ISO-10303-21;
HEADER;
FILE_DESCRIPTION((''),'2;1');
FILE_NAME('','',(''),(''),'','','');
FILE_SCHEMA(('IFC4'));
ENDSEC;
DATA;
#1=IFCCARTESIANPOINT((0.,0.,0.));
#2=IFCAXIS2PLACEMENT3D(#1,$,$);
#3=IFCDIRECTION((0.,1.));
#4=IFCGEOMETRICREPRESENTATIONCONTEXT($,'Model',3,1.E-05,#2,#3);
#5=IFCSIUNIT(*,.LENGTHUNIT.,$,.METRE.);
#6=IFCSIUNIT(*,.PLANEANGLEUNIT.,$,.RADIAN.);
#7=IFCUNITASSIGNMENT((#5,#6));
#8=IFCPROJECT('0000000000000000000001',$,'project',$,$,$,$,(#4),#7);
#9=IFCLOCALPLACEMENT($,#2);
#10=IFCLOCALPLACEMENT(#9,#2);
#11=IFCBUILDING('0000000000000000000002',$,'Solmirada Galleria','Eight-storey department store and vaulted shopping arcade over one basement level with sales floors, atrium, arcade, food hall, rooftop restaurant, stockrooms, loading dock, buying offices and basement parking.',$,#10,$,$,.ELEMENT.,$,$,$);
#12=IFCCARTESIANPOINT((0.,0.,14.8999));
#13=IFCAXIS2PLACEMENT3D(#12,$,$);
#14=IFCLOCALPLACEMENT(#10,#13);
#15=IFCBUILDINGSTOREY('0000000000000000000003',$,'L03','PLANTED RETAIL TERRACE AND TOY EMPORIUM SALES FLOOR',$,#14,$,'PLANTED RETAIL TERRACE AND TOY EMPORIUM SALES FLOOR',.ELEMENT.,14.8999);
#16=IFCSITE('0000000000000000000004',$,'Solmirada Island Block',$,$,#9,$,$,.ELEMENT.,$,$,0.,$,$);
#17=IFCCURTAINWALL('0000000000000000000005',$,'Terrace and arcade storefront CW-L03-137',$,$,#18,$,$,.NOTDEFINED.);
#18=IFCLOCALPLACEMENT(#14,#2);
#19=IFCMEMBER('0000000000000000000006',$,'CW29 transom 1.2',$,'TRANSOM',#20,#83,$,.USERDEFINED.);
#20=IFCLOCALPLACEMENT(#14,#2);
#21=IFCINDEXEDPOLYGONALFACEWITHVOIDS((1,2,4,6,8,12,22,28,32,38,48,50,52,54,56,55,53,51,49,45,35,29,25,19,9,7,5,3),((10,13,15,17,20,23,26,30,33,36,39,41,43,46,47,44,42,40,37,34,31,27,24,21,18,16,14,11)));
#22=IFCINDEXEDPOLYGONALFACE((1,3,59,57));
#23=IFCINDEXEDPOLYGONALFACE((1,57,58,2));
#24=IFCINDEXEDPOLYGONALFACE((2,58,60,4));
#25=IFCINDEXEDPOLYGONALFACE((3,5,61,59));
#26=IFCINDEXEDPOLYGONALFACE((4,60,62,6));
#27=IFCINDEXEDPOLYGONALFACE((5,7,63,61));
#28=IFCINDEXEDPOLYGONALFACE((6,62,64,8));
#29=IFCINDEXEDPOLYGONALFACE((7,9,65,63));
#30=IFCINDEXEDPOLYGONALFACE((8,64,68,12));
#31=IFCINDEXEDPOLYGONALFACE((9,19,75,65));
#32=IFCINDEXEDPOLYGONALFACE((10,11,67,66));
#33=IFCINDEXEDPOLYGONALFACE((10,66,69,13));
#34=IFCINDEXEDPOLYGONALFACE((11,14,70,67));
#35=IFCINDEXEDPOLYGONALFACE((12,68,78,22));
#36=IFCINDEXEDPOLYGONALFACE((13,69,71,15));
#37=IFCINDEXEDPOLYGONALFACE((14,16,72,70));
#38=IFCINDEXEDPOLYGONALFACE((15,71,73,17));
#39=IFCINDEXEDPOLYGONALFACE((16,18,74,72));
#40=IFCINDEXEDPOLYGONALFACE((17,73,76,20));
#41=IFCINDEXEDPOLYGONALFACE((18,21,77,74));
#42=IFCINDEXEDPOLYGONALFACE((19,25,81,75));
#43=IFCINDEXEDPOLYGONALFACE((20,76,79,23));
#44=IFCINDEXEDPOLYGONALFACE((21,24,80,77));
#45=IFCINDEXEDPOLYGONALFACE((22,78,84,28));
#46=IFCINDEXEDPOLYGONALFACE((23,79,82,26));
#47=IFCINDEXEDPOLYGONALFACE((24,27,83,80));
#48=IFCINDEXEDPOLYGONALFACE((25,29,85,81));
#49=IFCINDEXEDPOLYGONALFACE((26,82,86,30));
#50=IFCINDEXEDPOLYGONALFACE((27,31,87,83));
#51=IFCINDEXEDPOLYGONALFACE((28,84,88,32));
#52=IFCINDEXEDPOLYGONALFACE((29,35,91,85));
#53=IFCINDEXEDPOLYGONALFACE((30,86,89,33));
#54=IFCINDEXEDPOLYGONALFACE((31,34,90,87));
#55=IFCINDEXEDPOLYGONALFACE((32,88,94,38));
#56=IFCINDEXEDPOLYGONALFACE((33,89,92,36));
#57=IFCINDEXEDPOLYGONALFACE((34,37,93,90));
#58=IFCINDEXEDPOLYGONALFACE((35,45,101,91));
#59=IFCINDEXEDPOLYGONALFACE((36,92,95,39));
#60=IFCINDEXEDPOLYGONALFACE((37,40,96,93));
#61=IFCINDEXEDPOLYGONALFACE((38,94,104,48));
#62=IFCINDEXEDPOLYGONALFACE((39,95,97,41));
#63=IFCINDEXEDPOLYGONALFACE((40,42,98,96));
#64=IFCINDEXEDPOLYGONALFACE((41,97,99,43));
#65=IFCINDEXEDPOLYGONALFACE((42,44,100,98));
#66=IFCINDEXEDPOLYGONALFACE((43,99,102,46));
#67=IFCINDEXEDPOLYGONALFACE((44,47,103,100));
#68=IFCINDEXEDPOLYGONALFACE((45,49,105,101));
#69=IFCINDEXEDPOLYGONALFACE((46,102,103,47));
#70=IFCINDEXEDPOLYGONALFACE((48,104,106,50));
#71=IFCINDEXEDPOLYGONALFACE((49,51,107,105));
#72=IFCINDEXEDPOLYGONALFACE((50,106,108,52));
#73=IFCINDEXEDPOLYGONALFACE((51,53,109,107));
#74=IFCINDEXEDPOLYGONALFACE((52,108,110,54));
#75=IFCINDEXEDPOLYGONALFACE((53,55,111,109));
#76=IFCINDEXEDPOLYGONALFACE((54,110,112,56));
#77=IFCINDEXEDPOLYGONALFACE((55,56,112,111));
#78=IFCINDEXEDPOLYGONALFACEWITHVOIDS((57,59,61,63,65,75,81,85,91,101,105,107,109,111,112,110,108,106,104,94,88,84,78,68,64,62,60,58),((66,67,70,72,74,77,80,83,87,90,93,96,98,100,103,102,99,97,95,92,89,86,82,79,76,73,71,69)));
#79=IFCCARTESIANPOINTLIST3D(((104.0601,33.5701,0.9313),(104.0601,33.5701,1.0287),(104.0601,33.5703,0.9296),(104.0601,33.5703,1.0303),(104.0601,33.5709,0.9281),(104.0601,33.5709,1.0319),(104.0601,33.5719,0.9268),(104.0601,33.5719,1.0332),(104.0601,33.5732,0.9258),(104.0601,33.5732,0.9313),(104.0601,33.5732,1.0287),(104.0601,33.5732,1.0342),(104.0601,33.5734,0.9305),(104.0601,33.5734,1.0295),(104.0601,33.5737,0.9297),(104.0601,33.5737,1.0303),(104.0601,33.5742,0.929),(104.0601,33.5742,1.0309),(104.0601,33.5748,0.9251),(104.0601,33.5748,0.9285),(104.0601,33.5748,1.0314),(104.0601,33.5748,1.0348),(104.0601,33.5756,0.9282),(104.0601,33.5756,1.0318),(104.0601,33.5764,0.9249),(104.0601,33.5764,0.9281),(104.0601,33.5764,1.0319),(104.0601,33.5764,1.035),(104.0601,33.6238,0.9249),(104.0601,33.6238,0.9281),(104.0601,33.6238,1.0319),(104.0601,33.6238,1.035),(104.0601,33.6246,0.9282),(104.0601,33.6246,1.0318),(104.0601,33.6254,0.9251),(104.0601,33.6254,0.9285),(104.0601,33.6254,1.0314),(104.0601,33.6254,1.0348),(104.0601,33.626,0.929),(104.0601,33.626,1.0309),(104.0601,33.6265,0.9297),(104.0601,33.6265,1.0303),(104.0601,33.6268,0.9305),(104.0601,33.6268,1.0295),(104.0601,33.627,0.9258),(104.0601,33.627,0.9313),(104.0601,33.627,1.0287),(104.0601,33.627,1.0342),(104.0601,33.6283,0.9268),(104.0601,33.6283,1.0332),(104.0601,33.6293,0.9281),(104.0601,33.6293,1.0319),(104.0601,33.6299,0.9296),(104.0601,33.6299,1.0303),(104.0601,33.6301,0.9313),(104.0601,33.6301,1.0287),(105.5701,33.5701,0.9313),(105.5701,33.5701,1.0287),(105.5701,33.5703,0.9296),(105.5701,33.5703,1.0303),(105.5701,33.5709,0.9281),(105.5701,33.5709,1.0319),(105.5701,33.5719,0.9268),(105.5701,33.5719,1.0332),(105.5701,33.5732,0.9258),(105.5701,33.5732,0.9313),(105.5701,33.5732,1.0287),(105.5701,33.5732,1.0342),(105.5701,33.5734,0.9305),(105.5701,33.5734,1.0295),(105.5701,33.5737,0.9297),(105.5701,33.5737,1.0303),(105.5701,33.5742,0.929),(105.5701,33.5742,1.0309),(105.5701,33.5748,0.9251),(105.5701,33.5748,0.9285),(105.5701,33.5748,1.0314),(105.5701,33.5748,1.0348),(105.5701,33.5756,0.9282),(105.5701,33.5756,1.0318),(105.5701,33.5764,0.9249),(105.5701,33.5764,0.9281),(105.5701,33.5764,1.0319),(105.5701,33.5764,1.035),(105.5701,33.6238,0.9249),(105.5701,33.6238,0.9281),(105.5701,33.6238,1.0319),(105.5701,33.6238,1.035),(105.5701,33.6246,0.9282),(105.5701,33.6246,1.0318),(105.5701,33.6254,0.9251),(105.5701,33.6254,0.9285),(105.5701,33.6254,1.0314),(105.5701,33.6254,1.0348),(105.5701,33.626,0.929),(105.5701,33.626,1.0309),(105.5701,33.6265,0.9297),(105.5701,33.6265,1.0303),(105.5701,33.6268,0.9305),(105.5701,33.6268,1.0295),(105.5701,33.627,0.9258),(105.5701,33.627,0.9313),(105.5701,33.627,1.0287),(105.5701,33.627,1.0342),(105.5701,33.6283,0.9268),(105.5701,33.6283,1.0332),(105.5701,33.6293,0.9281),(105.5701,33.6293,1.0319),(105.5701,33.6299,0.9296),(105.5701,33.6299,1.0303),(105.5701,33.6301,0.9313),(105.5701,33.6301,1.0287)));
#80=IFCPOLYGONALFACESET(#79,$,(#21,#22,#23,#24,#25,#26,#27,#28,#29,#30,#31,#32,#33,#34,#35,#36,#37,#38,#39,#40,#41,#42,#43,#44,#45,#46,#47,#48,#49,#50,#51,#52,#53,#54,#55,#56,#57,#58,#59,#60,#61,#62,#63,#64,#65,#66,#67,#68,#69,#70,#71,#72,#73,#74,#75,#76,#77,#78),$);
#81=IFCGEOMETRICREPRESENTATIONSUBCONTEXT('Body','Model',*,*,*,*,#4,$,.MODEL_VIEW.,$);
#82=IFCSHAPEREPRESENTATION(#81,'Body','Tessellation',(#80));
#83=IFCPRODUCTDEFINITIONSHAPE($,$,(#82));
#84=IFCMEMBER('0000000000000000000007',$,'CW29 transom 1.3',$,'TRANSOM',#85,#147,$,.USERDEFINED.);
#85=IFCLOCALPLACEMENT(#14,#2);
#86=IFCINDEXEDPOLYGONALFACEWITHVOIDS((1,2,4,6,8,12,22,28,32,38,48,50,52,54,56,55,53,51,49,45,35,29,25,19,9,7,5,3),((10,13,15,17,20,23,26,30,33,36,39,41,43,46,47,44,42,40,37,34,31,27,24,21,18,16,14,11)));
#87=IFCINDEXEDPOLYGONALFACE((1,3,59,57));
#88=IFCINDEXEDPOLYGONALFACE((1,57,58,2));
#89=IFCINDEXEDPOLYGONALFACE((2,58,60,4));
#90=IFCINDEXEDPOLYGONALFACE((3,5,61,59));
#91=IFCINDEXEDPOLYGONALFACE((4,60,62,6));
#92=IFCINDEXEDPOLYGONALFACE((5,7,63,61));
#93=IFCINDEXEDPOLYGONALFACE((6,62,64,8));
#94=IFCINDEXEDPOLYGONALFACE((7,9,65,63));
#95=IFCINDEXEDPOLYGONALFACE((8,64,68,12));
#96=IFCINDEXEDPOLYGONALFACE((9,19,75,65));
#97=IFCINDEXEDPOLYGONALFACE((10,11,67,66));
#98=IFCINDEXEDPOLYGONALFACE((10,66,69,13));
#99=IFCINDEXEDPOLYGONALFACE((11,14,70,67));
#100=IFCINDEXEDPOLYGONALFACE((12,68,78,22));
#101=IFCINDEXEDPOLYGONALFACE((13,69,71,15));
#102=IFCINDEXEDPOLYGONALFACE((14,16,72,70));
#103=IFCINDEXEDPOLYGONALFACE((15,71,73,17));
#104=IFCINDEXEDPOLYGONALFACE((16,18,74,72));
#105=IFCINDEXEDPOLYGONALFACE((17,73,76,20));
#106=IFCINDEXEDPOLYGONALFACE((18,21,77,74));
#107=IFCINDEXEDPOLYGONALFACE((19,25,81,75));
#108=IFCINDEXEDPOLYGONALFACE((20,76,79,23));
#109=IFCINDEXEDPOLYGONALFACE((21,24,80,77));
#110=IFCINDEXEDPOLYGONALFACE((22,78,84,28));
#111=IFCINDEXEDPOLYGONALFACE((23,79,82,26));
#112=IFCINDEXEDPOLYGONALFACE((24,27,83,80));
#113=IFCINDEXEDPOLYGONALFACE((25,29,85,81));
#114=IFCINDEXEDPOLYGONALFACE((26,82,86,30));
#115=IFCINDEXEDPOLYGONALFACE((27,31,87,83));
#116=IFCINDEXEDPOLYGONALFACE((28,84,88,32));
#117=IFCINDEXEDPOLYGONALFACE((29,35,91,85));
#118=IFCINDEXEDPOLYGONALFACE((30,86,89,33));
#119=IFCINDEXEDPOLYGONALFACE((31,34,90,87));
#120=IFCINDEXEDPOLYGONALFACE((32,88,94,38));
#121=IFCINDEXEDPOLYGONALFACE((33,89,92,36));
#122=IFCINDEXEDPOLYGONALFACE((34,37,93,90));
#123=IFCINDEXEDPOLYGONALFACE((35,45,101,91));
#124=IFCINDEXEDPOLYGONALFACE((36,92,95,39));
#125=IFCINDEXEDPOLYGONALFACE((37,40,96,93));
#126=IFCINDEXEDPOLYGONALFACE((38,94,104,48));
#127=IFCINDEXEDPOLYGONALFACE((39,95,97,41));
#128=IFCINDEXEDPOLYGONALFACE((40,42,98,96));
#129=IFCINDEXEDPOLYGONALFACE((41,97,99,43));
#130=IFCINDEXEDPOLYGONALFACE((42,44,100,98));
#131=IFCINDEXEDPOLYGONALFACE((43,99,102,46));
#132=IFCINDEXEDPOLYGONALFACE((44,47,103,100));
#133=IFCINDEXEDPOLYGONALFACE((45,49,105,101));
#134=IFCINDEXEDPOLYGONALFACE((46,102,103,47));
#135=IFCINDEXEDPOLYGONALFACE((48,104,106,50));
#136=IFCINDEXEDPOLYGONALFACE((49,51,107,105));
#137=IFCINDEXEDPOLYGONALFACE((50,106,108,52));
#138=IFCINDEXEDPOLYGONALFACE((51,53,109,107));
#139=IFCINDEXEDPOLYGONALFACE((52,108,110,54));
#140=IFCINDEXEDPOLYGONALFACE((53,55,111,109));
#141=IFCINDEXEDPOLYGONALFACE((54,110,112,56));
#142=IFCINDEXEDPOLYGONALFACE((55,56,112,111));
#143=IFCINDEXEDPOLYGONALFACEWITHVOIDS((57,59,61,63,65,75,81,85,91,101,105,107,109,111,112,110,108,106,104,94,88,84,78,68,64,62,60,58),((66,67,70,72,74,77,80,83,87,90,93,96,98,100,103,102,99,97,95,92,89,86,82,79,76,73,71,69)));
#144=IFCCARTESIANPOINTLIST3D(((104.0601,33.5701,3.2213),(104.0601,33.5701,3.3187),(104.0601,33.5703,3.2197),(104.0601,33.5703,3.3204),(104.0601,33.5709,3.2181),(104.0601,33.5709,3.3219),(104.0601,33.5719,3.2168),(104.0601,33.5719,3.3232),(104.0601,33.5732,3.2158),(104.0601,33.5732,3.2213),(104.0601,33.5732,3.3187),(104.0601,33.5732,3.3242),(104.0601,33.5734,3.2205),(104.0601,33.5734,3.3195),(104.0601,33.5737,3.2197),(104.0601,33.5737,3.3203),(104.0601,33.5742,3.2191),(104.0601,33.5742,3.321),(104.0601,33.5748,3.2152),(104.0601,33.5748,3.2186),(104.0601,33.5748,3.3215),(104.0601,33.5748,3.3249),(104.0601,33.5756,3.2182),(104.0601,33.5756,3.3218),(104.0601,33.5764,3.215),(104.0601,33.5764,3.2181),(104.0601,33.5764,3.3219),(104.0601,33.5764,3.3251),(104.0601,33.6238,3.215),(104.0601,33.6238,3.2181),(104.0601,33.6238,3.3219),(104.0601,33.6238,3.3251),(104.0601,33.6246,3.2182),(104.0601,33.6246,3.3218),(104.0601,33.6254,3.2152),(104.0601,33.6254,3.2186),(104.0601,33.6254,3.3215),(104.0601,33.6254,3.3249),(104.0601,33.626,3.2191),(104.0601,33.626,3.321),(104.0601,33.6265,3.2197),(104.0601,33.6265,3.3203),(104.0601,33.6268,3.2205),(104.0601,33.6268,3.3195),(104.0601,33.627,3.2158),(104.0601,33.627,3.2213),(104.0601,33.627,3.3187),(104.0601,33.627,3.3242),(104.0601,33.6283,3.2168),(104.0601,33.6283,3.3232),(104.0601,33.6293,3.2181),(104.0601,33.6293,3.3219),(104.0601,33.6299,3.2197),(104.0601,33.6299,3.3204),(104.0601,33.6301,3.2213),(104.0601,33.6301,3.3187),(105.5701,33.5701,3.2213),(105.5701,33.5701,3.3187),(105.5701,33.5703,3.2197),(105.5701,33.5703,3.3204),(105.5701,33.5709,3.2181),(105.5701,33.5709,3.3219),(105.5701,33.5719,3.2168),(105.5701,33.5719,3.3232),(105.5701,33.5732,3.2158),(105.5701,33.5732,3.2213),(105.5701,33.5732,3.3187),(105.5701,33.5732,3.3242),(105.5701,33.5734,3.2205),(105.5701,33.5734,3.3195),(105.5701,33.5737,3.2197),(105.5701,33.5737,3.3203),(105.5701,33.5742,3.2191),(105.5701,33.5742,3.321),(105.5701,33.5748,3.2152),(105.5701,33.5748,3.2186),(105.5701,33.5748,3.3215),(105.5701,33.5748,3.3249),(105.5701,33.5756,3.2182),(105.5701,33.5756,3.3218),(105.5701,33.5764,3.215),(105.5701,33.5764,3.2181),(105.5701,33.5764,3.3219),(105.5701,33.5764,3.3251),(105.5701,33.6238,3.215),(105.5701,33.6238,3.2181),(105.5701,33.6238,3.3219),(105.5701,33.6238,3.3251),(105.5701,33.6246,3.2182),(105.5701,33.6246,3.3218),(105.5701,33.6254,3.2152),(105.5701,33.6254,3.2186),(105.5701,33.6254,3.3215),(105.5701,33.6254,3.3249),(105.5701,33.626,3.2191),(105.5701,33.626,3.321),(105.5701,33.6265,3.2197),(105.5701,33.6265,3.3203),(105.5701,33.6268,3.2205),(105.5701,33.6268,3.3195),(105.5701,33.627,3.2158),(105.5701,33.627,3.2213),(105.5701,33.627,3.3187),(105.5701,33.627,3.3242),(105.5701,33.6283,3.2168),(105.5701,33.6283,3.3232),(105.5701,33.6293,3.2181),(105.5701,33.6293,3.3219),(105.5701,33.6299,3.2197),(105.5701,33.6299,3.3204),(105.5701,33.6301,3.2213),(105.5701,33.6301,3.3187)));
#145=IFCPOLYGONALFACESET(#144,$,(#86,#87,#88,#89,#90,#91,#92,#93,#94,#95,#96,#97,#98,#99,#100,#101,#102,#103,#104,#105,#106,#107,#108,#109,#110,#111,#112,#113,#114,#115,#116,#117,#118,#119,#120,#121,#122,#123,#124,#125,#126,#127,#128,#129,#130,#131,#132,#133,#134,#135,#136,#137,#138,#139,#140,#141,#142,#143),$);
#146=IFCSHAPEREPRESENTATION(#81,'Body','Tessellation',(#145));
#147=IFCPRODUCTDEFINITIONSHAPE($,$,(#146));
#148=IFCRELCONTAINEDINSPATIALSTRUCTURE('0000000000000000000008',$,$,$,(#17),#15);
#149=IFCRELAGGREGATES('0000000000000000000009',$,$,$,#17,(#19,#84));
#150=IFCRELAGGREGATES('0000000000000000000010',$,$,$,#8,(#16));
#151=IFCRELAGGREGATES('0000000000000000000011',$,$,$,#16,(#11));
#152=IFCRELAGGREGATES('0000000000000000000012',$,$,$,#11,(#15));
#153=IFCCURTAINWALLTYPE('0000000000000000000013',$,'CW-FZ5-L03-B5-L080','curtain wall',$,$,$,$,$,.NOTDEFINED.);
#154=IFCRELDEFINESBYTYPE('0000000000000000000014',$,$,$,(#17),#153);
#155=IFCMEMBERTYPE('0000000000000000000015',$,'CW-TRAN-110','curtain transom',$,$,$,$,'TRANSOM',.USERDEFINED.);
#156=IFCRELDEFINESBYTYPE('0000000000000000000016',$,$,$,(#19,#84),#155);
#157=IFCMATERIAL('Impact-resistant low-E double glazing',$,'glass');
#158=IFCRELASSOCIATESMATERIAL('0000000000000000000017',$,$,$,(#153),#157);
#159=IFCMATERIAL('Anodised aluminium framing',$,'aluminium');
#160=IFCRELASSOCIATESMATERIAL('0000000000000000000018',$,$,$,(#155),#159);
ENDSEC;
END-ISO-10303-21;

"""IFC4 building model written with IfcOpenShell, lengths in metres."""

from ifc_helpers import new_model, si_unit, direction, frame, origin, origin_2d, place, context, subcontext, project, spatial, hollow_rectangle, extrude, material, material_profile, profile_set, type_object, element, aggregate, save


model = new_model("IFC4")

# Units and contexts
model_context = context("Model", 3, precision=1e-05, world=origin(), true_north=direction((0.0, 1.0)))
body_context = subcontext(model_context, "Body", "Model", "MODEL_VIEW")
ifc_project = project(units=[si_unit("LENGTHUNIT", "METRE"), si_unit("PLANEANGLEUNIT", "RADIAN")], contexts=[model_context])

# Site, building, storey
site_placement = place(None, origin())
site = spatial("IfcSite", under=ifc_project, at=site_placement, Name="Solmirada Island Block", CompositionType="ELEMENT", RefElevation=0.0)
building_placement = place(site_placement, origin())
building = spatial("IfcBuilding", under=site, at=building_placement, Name="Solmirada Galleria", Description="Eight-storey department store and vaulted shopping arcade over one basement level with sales floors, atrium, arcade, food hall, rooftop restaurant, stockrooms, loading dock, buying offices and basement parking.", CompositionType="ELEMENT")
storey_placement = place(building_placement, frame((0.0, 0.0, 14.8999)))
storey = spatial("IfcBuildingStorey", under=building, at=storey_placement, Name="L03", Description="PLANTED RETAIL TERRACE AND TOY EMPORIUM SALES FLOOR", LongName="PLANTED RETAIL TERRACE AND TOY EMPORIUM SALES FLOOR", CompositionType="ELEMENT", Elevation=14.8999)

# Shared definitions
ifc_material_1 = material(Name="Impact-resistant low-E double glazing", Category="glass")
curtain_wall_type = type_object("IfcCurtainWallType", Name="CW-FZ5-L03-B5-L080", Description="curtain wall", PredefinedType="NOTDEFINED", material=ifc_material_1)
ifc_material_2 = material(Name="Anodised aluminium framing", Category="aluminium")

# Curtain wall
curtain_wall_1_placement = place(storey_placement, origin())
curtain_wall_1 = element("IfcCurtainWall", 1, at=curtain_wall_1_placement, inside=storey, type_object=curtain_wall_type, Name="Terrace and arcade storefront CW-L03-137", PredefinedType="NOTDEFINED")

# Members
ifc_material_profile_1 = material_profile(ifc_material_2, hollow_rectangle(XDim=0.0601, YDim=0.1101, WallThickness=0.0032, InnerFilletRadius=0.0032, OuterFilletRadius=0.0063, at=origin_2d()), Name="ALU-TRAN-110X60")
ifc_profile_set_1 = profile_set([ifc_material_profile_1], Name="Anodised aluminium framing")
member_type_1 = type_object("IfcMemberType", Name="CW-TRAN-110", Description="curtain transom", ElementType="TRANSOM", PredefinedType="USERDEFINED", material=ifc_profile_set_1)
member_1_placement = place(storey_placement, frame((104.0601, 33.6001, 0.98), z_axis=(1.0, 0.0, 0.0), x_axis=(0.0, 1.0, 0.0)))
member_1 = element("IfcMember", 2, at=member_1_placement, type_object=member_type_1, Name="CW29 transom 1.2", ObjectType="TRANSOM", PredefinedType="USERDEFINED", context=body_context, shape_type="SweptSolid", body=[
    extrude(hollow_rectangle(XDim=0.0601, YDim=0.1101, WallThickness=0.0032, InnerFilletRadius=0.0032, OuterFilletRadius=0.0063, at=origin_2d()), origin(), (0.0, 0.0, 1.0), 1.51),
])
member_2_placement = place(storey_placement, frame((104.0601, 33.6001, 3.27), z_axis=(1.0, 0.0, 0.0), x_axis=(0.0, 1.0, 0.0)))
member_2 = element("IfcMember", 3, at=member_2_placement, type_object=member_type_1, Name="CW29 transom 1.3", ObjectType="TRANSOM", PredefinedType="USERDEFINED", context=body_context, shape_type="SweptSolid", body=[
    extrude(hollow_rectangle(XDim=0.0601, YDim=0.1101, WallThickness=0.0032, InnerFilletRadius=0.0032, OuterFilletRadius=0.0063, at=origin_2d()), origin(), (0.0, 0.0, 1.0), 1.51),
])

aggregate(curtain_wall_1, [member_1, member_2])

save(model, "model.ifc")
